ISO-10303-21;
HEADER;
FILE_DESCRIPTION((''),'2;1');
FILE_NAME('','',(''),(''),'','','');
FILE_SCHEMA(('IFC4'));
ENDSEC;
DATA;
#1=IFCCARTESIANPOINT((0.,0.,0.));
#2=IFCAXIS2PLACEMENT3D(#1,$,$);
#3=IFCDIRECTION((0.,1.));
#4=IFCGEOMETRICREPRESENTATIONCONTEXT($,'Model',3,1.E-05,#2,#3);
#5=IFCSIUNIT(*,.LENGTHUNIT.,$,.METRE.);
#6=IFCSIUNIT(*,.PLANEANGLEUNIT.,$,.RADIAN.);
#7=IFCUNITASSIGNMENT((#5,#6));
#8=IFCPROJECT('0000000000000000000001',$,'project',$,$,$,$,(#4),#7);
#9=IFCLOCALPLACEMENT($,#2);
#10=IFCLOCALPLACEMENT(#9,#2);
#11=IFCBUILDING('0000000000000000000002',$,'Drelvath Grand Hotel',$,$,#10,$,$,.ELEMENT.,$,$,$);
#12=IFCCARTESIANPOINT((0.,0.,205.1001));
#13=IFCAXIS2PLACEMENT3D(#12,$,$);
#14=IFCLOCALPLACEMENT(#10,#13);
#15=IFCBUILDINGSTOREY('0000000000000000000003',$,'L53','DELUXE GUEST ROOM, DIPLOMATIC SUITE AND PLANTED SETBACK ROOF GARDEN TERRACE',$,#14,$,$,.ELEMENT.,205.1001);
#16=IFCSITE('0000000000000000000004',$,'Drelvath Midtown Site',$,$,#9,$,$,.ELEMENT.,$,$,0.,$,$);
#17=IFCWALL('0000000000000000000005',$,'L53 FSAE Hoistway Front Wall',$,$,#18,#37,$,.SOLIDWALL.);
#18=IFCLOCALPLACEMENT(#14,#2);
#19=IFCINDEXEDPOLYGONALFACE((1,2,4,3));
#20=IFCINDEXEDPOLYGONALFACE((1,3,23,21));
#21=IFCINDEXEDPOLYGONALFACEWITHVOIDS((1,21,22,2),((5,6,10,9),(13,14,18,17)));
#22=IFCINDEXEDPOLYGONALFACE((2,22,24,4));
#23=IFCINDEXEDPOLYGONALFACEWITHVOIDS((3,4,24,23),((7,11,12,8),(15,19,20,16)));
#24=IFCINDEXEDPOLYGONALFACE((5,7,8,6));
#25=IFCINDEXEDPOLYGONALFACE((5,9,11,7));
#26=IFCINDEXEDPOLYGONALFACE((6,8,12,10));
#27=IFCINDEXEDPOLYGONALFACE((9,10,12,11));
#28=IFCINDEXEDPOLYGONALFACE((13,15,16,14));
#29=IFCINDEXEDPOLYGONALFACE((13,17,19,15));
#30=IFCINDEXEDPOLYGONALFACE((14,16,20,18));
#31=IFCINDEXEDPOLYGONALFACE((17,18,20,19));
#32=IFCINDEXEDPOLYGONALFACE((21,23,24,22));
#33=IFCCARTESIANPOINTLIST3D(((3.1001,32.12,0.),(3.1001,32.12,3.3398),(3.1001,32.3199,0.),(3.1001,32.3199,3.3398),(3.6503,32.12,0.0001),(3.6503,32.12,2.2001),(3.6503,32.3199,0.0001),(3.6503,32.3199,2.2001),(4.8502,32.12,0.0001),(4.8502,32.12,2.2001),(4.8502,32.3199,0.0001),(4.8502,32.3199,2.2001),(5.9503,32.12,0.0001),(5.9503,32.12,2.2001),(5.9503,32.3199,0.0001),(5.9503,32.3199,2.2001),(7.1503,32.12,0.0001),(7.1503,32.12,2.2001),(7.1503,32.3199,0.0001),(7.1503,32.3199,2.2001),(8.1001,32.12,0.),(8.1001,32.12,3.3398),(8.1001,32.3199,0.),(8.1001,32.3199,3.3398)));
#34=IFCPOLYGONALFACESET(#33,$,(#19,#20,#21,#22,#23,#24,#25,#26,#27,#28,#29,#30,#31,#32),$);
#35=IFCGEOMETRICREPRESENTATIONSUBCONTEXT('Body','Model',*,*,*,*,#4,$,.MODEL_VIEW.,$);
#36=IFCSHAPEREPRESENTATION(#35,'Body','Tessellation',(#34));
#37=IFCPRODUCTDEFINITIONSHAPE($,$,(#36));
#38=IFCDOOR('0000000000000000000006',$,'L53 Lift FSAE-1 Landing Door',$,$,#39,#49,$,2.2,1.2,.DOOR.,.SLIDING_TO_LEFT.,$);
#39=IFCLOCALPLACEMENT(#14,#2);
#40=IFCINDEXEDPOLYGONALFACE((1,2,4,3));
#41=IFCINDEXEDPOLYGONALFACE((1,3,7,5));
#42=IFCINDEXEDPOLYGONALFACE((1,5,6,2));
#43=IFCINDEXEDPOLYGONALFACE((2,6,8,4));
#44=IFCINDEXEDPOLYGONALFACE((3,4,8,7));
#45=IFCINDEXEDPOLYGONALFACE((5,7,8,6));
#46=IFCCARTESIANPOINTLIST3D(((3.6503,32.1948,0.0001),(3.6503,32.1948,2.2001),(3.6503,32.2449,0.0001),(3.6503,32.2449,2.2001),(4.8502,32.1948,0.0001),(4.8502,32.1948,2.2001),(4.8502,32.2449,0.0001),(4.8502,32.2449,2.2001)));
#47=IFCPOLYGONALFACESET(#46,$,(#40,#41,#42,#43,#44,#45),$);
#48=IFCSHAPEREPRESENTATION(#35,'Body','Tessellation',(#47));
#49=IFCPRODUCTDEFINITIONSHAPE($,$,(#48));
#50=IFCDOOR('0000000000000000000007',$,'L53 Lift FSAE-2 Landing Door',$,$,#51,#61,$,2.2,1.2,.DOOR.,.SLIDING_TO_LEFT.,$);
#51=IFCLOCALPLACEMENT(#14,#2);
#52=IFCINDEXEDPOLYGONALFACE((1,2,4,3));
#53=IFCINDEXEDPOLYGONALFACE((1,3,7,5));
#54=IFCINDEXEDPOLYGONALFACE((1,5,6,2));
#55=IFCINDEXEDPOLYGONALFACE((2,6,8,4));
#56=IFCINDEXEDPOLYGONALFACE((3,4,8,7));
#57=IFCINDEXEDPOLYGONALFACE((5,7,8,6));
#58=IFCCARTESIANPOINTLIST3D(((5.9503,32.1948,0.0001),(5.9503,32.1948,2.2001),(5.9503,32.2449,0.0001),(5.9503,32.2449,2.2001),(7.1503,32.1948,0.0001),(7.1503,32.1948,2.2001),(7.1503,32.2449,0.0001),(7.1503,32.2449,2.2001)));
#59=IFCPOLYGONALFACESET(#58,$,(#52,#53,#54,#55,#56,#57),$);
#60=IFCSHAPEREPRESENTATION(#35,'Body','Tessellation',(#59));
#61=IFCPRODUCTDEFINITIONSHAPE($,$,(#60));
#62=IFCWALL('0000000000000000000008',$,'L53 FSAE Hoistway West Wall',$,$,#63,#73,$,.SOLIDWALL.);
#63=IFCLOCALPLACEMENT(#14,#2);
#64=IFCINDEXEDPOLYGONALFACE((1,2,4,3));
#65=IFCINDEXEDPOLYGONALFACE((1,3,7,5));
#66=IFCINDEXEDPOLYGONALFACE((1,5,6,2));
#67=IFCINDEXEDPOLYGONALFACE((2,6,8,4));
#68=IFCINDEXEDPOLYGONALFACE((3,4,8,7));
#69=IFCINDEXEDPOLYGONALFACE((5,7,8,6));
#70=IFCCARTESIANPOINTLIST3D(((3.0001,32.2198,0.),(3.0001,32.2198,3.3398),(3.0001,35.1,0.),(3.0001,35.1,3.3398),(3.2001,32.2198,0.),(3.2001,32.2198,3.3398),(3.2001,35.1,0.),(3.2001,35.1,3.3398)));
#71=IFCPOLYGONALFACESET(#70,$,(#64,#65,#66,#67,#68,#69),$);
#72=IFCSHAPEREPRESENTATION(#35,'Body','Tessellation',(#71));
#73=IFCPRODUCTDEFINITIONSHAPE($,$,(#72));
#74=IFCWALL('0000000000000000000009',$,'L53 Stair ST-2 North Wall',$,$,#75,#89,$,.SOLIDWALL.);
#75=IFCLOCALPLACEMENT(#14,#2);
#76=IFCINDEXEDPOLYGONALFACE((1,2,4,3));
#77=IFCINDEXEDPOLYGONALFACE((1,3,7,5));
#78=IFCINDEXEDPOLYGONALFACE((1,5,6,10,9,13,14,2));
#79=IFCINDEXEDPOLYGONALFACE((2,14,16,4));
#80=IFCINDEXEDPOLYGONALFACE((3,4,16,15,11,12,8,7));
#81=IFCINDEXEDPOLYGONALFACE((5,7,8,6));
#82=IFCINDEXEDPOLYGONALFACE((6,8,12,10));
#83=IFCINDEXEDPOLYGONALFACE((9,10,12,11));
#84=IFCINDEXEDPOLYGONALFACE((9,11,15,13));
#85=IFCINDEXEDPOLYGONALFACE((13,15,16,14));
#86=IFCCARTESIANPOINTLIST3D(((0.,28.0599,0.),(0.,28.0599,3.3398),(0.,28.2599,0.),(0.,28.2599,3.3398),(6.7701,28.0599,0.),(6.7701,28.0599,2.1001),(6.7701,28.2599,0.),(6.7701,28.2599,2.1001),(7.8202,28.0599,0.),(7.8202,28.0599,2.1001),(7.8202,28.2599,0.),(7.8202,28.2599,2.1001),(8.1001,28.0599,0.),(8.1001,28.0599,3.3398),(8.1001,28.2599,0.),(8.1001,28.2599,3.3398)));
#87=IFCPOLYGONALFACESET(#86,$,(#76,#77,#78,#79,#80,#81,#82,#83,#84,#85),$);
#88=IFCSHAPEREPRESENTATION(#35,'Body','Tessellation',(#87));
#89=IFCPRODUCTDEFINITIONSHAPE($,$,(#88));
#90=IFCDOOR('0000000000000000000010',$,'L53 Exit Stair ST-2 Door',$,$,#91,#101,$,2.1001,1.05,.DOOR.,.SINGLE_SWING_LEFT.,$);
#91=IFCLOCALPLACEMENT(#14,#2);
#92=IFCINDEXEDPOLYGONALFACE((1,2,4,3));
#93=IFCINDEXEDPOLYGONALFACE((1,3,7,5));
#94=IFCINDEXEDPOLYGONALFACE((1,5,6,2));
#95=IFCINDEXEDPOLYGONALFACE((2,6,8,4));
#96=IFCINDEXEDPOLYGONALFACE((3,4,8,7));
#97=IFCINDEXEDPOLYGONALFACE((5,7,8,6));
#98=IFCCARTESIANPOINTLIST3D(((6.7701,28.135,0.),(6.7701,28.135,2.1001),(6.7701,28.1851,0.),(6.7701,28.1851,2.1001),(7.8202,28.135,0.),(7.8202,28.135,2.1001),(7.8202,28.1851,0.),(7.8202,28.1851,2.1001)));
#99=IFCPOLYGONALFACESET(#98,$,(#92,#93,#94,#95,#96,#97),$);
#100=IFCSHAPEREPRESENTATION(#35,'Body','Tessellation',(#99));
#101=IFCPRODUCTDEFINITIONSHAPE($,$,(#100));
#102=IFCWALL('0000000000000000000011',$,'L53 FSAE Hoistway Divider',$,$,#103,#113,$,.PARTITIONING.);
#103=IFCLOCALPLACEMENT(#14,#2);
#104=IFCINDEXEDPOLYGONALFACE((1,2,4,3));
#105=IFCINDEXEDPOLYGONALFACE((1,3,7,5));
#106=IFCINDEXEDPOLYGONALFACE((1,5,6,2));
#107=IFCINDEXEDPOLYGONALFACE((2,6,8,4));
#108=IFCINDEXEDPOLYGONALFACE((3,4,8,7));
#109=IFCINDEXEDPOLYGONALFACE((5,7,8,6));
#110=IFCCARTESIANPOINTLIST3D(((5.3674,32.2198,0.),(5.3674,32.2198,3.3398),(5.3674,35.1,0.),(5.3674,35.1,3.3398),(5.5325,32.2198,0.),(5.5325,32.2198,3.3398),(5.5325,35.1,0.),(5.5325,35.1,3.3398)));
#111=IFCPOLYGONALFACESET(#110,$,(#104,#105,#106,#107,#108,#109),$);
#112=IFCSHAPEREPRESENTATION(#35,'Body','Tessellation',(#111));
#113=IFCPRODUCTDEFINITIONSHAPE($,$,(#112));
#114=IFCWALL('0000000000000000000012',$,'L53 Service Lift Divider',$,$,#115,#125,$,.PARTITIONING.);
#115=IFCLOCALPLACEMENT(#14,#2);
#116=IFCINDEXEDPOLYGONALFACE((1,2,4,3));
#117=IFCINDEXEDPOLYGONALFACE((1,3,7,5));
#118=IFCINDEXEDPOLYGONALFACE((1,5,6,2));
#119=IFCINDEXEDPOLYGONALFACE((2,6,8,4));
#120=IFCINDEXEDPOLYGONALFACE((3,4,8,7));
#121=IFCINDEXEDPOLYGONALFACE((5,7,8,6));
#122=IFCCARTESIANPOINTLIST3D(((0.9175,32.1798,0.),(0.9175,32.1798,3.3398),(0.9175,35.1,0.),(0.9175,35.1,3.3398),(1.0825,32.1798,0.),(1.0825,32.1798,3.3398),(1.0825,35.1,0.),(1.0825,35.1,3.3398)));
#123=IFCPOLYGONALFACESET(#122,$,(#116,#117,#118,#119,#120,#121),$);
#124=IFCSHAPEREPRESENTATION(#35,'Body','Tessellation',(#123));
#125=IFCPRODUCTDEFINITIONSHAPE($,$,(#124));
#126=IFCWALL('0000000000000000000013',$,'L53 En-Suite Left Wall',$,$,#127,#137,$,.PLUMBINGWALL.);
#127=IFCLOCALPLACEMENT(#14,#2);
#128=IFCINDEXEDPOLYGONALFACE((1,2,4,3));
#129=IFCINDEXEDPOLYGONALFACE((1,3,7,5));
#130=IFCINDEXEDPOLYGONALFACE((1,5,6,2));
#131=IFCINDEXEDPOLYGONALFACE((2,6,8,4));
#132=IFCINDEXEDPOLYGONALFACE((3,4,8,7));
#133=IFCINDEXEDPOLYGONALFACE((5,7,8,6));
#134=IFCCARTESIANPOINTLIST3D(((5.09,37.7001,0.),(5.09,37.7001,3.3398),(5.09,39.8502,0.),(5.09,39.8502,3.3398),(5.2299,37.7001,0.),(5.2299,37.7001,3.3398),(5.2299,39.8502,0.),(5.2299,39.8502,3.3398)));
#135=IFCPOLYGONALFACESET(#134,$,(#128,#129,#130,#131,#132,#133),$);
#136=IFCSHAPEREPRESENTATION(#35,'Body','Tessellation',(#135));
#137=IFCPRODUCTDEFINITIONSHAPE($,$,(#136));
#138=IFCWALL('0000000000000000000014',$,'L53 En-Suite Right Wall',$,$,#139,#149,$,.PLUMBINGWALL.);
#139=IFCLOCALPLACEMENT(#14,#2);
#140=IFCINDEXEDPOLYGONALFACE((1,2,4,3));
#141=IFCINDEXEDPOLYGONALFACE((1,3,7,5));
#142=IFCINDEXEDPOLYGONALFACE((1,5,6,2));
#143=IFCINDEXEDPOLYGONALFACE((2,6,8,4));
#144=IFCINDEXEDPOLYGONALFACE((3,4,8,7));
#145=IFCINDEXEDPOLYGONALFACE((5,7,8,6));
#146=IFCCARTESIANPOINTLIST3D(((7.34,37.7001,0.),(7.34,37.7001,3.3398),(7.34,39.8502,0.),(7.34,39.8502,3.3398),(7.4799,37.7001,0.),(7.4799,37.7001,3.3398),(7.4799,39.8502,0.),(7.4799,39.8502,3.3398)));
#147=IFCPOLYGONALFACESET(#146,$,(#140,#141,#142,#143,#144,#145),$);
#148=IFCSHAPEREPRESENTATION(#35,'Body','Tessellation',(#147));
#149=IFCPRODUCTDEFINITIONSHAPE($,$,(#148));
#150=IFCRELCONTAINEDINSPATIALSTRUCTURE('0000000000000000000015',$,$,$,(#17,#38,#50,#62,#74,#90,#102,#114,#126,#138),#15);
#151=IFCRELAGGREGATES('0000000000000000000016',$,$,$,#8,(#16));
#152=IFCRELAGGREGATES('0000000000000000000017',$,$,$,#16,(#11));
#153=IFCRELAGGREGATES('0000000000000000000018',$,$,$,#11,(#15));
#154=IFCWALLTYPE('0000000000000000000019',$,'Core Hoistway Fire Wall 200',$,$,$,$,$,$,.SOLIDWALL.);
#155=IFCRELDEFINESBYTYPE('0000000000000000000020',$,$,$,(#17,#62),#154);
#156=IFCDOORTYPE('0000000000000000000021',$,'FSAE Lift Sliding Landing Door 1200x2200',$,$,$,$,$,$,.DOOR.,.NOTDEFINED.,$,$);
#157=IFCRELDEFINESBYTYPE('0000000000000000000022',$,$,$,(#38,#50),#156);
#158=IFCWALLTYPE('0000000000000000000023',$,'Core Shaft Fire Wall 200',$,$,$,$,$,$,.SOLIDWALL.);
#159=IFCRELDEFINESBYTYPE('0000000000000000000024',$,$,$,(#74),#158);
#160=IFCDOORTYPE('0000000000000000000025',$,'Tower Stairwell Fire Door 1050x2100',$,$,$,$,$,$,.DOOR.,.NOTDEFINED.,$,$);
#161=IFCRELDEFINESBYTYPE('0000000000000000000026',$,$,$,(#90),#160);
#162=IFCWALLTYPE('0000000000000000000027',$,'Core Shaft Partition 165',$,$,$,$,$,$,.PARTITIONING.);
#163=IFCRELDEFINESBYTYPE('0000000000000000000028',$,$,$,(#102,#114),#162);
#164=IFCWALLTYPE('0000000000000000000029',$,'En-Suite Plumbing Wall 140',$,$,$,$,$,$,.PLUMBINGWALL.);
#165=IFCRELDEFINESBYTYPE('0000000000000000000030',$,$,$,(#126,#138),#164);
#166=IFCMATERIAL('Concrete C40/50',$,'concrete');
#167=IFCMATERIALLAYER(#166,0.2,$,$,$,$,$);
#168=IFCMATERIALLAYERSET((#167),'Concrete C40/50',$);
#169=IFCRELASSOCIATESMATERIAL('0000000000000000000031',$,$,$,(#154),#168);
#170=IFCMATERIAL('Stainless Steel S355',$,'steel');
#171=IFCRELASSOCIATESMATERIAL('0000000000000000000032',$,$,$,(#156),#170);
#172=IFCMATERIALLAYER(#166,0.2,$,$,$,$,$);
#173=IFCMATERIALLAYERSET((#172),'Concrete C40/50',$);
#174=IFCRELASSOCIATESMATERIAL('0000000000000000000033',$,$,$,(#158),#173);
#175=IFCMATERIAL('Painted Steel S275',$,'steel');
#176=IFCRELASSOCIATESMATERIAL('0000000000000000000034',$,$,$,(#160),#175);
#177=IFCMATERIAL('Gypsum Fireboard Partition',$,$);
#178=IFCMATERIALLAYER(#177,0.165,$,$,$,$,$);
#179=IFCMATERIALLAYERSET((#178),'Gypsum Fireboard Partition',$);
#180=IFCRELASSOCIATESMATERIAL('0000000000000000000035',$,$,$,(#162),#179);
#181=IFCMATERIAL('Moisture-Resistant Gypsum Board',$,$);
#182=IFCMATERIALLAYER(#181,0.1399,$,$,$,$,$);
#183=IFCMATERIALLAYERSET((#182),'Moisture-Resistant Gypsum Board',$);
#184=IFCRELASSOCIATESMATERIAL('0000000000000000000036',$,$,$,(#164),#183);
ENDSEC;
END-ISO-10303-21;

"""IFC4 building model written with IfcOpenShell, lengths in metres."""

from ifc_helpers import new_model, si_unit, direction, frame, frame_2d, origin, place, context, subcontext, project, spatial, rectangle, extrude, material, layer, layer_set, type_object, element, fill, save


model = new_model("IFC4")

# Units and contexts
model_context = context("Model", 3, precision=1e-05, world=origin(), true_north=direction((0.0, 1.0)))
body_context = subcontext(model_context, "Body", "Model", "MODEL_VIEW")
ifc_project = project(units=[si_unit("LENGTHUNIT", "METRE"), si_unit("PLANEANGLEUNIT", "RADIAN")], contexts=[model_context])

# Site, building, storey
site_placement = place(None, origin())
site = spatial("IfcSite", under=ifc_project, at=site_placement, Name="Drelvath Midtown Site", CompositionType="ELEMENT", RefElevation=0.0)
building_placement = place(site_placement, origin())
building = spatial("IfcBuilding", under=site, at=building_placement, Name="Drelvath Grand Hotel", CompositionType="ELEMENT")
storey_placement = place(building_placement, frame((0.0, 0.0, 205.1001)))
storey = spatial("IfcBuildingStorey", under=building, at=storey_placement, Name="L53", Description="DELUXE GUEST ROOM, DIPLOMATIC SUITE AND PLANTED SETBACK ROOF GARDEN TERRACE", CompositionType="ELEMENT", Elevation=205.1001)

# Wall, openings, doors
ifc_material_1 = material(Name="Concrete C40/50", Category="concrete")
ifc_layer_1 = layer(ifc_material_1, 0.2)
ifc_layer_set_1 = layer_set([ifc_layer_1], Name="Concrete C40/50")
wall_type_1 = type_object("IfcWallType", Name="Core Hoistway Fire Wall 200", PredefinedType="SOLIDWALL", material=ifc_layer_set_1)
wall_1_placement = place(storey_placement, frame((3.1001, 32.22, 0.0), z_axis=(0.0, 0.0, 1.0), x_axis=(1.0, 0.0, 0.0)))
wall_1 = element("IfcWall", 1, at=wall_1_placement, inside=storey, type_object=wall_type_1, Name="L53 FSAE Hoistway Front Wall", PredefinedType="SOLIDWALL", context=body_context, shape_type="SweptSolid", body=[
    extrude(rectangle(XDim=5.0, YDim=0.2, at=frame_2d((2.5, 0.0))), origin(), (0.0, 0.0, 1.0), 3.3398),
])
opening_1_placement = place(wall_1_placement, frame((0.55, 0.0, 0.0)))
opening_1 = element("IfcOpeningElement", 2, at=opening_1_placement, cuts=wall_1, PredefinedType="OPENING", context=body_context, shape_type="SweptSolid", body=[
    extrude(rectangle(XDim=1.2, YDim=2.2, at=frame_2d((0.6001, 1.1001))), frame((0.0, 0.1099, 0.0), z_axis=(0.0, -1.0, 0.0), x_axis=(1.0, 0.0, 0.0)), (0.0, 0.0, 1.0), 0.22),
])
opening_2_placement = place(wall_1_placement, frame((2.8501, 0.0, 0.0)))
opening_2 = element("IfcOpeningElement", 3, at=opening_2_placement, cuts=wall_1, PredefinedType="OPENING", context=body_context, shape_type="SweptSolid", body=[
    extrude(rectangle(XDim=1.2, YDim=2.2, at=frame_2d((0.6001, 1.1001))), frame((0.0, 0.1099, 0.0), z_axis=(0.0, -1.0, 0.0), x_axis=(1.0, 0.0, 0.0)), (0.0, 0.0, 1.0), 0.22),
])
ifc_material_2 = material(Name="Stainless Steel S355", Category="steel")
door_type_1 = type_object("IfcDoorType", Name="FSAE Lift Sliding Landing Door 1200x2200", OperationType="NOTDEFINED", PredefinedType="DOOR", material=ifc_material_2)
door_1_placement = place(opening_1_placement, origin())
door_1 = element("IfcDoor", 4, at=door_1_placement, inside=storey, type_object=door_type_1, Name="L53 Lift FSAE-1 Landing Door", OperationType="SLIDING_TO_LEFT", OverallHeight=2.2, OverallWidth=1.2, PredefinedType="DOOR", context=body_context, shape_type="SweptSolid", body=[
    extrude(rectangle(XDim=1.2, YDim=2.2, at=frame_2d((0.6001, 1.1001))), frame((0.0, 0.0249, 0.0), z_axis=(0.0, -1.0, 0.0), x_axis=(1.0, 0.0, 0.0)), (0.0, 0.0, 1.0), 0.05),
])
fill(opening_1, door_1)
door_2_placement = place(opening_2_placement, origin())
door_2 = element("IfcDoor", 5, at=door_2_placement, inside=storey, type_object=door_type_1, Name="L53 Lift FSAE-2 Landing Door", OperationType="SLIDING_TO_LEFT", OverallHeight=2.2, OverallWidth=1.2, PredefinedType="DOOR", context=body_context, shape_type="SweptSolid", body=[
    extrude(rectangle(XDim=1.2, YDim=2.2, at=frame_2d((0.6001, 1.1001))), frame((0.0, 0.0249, 0.0), z_axis=(0.0, -1.0, 0.0), x_axis=(1.0, 0.0, 0.0)), (0.0, 0.0, 1.0), 0.05),
])
fill(opening_2, door_2)

# Wall
wall_2_placement = place(storey_placement, frame((3.1001, 32.22, 0.0), z_axis=(0.0, 0.0, 1.0), x_axis=(0.0, 1.0, 0.0)))
element("IfcWall", 6, at=wall_2_placement, inside=storey, type_object=wall_type_1, Name="L53 FSAE Hoistway West Wall", PredefinedType="SOLIDWALL", context=body_context, shape_type="SweptSolid", body=[
    extrude(rectangle(XDim=2.8801, YDim=0.2, at=frame_2d((1.4399, 0.0))), origin(), (0.0, 0.0, 1.0), 3.3398),
])

# Wall, opening, door
ifc_layer_2 = layer(ifc_material_1, 0.2)
ifc_layer_set_2 = layer_set([ifc_layer_2], Name="Concrete C40/50")
wall_type_2 = type_object("IfcWallType", Name="Core Shaft Fire Wall 200", PredefinedType="SOLIDWALL", material=ifc_layer_set_2)
wall_3_placement = place(storey_placement, frame((8.1001, 28.1599, 0.0), z_axis=(0.0, 0.0, 1.0), x_axis=(-1.0, 0.0, 0.0)))
wall_3 = element("IfcWall", 7, at=wall_3_placement, inside=storey, type_object=wall_type_2, Name="L53 Stair ST-2 North Wall", PredefinedType="SOLIDWALL", context=body_context, shape_type="SweptSolid", body=[
    extrude(rectangle(XDim=8.1001, YDim=0.2, at=frame_2d((4.05, 0.0))), origin(), (0.0, 0.0, 1.0), 3.3398),
])
opening_3_placement = place(wall_3_placement, frame((0.28, 0.0, 0.0)))
opening_3 = element("IfcOpeningElement", 8, at=opening_3_placement, cuts=wall_3, PredefinedType="OPENING", context=body_context, shape_type="SweptSolid", body=[
    extrude(rectangle(XDim=1.05, YDim=2.1001, at=frame_2d((0.5249, 1.05))), frame((0.0, 0.1099, 0.0), z_axis=(0.0, -1.0, 0.0), x_axis=(1.0, 0.0, 0.0)), (0.0, 0.0, 1.0), 0.22),
])
ifc_material_3 = material(Name="Painted Steel S275", Category="steel")
door_type_2 = type_object("IfcDoorType", Name="Tower Stairwell Fire Door 1050x2100", OperationType="NOTDEFINED", PredefinedType="DOOR", material=ifc_material_3)
door_3_placement = place(opening_3_placement, origin())
door_3 = element("IfcDoor", 9, at=door_3_placement, inside=storey, type_object=door_type_2, Name="L53 Exit Stair ST-2 Door", OperationType="SINGLE_SWING_LEFT", OverallHeight=2.1001, OverallWidth=1.05, PredefinedType="DOOR", context=body_context, shape_type="SweptSolid", body=[
    extrude(rectangle(XDim=1.05, YDim=2.1001, at=frame_2d((0.5249, 1.05))), frame((0.0, 0.0249, 0.0), z_axis=(0.0, -1.0, 0.0), x_axis=(1.0, 0.0, 0.0)), (0.0, 0.0, 1.0), 0.05),
])
fill(opening_3, door_3)

# Walls
ifc_material_4 = material(Name="Gypsum Fireboard Partition")
ifc_layer_3 = layer(ifc_material_4, 0.165)
ifc_layer_set_3 = layer_set([ifc_layer_3], Name="Gypsum Fireboard Partition")
wall_type_3 = type_object("IfcWallType", Name="Core Shaft Partition 165", PredefinedType="PARTITIONING", material=ifc_layer_set_3)
wall_4_placement = place(storey_placement, frame((5.45, 32.22, 0.0), z_axis=(0.0, 0.0, 1.0), x_axis=(0.0, 1.0, 0.0)))
element("IfcWall", 10, at=wall_4_placement, inside=storey, type_object=wall_type_3, Name="L53 FSAE Hoistway Divider", PredefinedType="PARTITIONING", context=body_context, shape_type="SweptSolid", body=[
    extrude(rectangle(XDim=2.8801, YDim=0.165, at=frame_2d((1.4399, 0.0))), origin(), (0.0, 0.0, 1.0), 3.3398),
])
wall_5_placement = place(storey_placement, frame((1.0, 32.1799, 0.0), z_axis=(0.0, 0.0, 1.0), x_axis=(0.0, 1.0, 0.0)))
element("IfcWall", 11, at=wall_5_placement, inside=storey, type_object=wall_type_3, Name="L53 Service Lift Divider", PredefinedType="PARTITIONING", context=body_context, shape_type="SweptSolid", body=[
    extrude(rectangle(XDim=2.9202, YDim=0.165, at=frame_2d((1.46, 0.0))), origin(), (0.0, 0.0, 1.0), 3.3398),
])
ifc_material_5 = material(Name="Moisture-Resistant Gypsum Board")
ifc_layer_4 = layer(ifc_material_5, 0.1399)
ifc_layer_set_4 = layer_set([ifc_layer_4], Name="Moisture-Resistant Gypsum Board")
wall_type_4 = type_object("IfcWallType", Name="En-Suite Plumbing Wall 140", PredefinedType="PLUMBINGWALL", material=ifc_layer_set_4)
for number, where, z_axis, x_axis, name in (
    (12, (5.1599, 37.7, 0.0), (0.0, 0.0, 1.0), (0.0, 1.0, 0.0), "L53 En-Suite Left Wall"),
    (13, (7.4099, 37.7, 0.0), (0.0, 0.0, 1.0), (0.0, 1.0, 0.0), "L53 En-Suite Right Wall"),
):
    element("IfcWall", number, at=place(storey_placement, frame(where, z_axis=z_axis, x_axis=x_axis)), inside=storey, type_object=wall_type_4, Name=name, PredefinedType="PLUMBINGWALL", context=body_context, shape_type="SweptSolid", body=[
        extrude(rectangle(XDim=2.1501, YDim=0.1399, at=frame_2d((1.0752, 0.0))), origin(), (0.0, 0.0, 1.0), 3.3398),
    ])

save(model, "model.ifc")
